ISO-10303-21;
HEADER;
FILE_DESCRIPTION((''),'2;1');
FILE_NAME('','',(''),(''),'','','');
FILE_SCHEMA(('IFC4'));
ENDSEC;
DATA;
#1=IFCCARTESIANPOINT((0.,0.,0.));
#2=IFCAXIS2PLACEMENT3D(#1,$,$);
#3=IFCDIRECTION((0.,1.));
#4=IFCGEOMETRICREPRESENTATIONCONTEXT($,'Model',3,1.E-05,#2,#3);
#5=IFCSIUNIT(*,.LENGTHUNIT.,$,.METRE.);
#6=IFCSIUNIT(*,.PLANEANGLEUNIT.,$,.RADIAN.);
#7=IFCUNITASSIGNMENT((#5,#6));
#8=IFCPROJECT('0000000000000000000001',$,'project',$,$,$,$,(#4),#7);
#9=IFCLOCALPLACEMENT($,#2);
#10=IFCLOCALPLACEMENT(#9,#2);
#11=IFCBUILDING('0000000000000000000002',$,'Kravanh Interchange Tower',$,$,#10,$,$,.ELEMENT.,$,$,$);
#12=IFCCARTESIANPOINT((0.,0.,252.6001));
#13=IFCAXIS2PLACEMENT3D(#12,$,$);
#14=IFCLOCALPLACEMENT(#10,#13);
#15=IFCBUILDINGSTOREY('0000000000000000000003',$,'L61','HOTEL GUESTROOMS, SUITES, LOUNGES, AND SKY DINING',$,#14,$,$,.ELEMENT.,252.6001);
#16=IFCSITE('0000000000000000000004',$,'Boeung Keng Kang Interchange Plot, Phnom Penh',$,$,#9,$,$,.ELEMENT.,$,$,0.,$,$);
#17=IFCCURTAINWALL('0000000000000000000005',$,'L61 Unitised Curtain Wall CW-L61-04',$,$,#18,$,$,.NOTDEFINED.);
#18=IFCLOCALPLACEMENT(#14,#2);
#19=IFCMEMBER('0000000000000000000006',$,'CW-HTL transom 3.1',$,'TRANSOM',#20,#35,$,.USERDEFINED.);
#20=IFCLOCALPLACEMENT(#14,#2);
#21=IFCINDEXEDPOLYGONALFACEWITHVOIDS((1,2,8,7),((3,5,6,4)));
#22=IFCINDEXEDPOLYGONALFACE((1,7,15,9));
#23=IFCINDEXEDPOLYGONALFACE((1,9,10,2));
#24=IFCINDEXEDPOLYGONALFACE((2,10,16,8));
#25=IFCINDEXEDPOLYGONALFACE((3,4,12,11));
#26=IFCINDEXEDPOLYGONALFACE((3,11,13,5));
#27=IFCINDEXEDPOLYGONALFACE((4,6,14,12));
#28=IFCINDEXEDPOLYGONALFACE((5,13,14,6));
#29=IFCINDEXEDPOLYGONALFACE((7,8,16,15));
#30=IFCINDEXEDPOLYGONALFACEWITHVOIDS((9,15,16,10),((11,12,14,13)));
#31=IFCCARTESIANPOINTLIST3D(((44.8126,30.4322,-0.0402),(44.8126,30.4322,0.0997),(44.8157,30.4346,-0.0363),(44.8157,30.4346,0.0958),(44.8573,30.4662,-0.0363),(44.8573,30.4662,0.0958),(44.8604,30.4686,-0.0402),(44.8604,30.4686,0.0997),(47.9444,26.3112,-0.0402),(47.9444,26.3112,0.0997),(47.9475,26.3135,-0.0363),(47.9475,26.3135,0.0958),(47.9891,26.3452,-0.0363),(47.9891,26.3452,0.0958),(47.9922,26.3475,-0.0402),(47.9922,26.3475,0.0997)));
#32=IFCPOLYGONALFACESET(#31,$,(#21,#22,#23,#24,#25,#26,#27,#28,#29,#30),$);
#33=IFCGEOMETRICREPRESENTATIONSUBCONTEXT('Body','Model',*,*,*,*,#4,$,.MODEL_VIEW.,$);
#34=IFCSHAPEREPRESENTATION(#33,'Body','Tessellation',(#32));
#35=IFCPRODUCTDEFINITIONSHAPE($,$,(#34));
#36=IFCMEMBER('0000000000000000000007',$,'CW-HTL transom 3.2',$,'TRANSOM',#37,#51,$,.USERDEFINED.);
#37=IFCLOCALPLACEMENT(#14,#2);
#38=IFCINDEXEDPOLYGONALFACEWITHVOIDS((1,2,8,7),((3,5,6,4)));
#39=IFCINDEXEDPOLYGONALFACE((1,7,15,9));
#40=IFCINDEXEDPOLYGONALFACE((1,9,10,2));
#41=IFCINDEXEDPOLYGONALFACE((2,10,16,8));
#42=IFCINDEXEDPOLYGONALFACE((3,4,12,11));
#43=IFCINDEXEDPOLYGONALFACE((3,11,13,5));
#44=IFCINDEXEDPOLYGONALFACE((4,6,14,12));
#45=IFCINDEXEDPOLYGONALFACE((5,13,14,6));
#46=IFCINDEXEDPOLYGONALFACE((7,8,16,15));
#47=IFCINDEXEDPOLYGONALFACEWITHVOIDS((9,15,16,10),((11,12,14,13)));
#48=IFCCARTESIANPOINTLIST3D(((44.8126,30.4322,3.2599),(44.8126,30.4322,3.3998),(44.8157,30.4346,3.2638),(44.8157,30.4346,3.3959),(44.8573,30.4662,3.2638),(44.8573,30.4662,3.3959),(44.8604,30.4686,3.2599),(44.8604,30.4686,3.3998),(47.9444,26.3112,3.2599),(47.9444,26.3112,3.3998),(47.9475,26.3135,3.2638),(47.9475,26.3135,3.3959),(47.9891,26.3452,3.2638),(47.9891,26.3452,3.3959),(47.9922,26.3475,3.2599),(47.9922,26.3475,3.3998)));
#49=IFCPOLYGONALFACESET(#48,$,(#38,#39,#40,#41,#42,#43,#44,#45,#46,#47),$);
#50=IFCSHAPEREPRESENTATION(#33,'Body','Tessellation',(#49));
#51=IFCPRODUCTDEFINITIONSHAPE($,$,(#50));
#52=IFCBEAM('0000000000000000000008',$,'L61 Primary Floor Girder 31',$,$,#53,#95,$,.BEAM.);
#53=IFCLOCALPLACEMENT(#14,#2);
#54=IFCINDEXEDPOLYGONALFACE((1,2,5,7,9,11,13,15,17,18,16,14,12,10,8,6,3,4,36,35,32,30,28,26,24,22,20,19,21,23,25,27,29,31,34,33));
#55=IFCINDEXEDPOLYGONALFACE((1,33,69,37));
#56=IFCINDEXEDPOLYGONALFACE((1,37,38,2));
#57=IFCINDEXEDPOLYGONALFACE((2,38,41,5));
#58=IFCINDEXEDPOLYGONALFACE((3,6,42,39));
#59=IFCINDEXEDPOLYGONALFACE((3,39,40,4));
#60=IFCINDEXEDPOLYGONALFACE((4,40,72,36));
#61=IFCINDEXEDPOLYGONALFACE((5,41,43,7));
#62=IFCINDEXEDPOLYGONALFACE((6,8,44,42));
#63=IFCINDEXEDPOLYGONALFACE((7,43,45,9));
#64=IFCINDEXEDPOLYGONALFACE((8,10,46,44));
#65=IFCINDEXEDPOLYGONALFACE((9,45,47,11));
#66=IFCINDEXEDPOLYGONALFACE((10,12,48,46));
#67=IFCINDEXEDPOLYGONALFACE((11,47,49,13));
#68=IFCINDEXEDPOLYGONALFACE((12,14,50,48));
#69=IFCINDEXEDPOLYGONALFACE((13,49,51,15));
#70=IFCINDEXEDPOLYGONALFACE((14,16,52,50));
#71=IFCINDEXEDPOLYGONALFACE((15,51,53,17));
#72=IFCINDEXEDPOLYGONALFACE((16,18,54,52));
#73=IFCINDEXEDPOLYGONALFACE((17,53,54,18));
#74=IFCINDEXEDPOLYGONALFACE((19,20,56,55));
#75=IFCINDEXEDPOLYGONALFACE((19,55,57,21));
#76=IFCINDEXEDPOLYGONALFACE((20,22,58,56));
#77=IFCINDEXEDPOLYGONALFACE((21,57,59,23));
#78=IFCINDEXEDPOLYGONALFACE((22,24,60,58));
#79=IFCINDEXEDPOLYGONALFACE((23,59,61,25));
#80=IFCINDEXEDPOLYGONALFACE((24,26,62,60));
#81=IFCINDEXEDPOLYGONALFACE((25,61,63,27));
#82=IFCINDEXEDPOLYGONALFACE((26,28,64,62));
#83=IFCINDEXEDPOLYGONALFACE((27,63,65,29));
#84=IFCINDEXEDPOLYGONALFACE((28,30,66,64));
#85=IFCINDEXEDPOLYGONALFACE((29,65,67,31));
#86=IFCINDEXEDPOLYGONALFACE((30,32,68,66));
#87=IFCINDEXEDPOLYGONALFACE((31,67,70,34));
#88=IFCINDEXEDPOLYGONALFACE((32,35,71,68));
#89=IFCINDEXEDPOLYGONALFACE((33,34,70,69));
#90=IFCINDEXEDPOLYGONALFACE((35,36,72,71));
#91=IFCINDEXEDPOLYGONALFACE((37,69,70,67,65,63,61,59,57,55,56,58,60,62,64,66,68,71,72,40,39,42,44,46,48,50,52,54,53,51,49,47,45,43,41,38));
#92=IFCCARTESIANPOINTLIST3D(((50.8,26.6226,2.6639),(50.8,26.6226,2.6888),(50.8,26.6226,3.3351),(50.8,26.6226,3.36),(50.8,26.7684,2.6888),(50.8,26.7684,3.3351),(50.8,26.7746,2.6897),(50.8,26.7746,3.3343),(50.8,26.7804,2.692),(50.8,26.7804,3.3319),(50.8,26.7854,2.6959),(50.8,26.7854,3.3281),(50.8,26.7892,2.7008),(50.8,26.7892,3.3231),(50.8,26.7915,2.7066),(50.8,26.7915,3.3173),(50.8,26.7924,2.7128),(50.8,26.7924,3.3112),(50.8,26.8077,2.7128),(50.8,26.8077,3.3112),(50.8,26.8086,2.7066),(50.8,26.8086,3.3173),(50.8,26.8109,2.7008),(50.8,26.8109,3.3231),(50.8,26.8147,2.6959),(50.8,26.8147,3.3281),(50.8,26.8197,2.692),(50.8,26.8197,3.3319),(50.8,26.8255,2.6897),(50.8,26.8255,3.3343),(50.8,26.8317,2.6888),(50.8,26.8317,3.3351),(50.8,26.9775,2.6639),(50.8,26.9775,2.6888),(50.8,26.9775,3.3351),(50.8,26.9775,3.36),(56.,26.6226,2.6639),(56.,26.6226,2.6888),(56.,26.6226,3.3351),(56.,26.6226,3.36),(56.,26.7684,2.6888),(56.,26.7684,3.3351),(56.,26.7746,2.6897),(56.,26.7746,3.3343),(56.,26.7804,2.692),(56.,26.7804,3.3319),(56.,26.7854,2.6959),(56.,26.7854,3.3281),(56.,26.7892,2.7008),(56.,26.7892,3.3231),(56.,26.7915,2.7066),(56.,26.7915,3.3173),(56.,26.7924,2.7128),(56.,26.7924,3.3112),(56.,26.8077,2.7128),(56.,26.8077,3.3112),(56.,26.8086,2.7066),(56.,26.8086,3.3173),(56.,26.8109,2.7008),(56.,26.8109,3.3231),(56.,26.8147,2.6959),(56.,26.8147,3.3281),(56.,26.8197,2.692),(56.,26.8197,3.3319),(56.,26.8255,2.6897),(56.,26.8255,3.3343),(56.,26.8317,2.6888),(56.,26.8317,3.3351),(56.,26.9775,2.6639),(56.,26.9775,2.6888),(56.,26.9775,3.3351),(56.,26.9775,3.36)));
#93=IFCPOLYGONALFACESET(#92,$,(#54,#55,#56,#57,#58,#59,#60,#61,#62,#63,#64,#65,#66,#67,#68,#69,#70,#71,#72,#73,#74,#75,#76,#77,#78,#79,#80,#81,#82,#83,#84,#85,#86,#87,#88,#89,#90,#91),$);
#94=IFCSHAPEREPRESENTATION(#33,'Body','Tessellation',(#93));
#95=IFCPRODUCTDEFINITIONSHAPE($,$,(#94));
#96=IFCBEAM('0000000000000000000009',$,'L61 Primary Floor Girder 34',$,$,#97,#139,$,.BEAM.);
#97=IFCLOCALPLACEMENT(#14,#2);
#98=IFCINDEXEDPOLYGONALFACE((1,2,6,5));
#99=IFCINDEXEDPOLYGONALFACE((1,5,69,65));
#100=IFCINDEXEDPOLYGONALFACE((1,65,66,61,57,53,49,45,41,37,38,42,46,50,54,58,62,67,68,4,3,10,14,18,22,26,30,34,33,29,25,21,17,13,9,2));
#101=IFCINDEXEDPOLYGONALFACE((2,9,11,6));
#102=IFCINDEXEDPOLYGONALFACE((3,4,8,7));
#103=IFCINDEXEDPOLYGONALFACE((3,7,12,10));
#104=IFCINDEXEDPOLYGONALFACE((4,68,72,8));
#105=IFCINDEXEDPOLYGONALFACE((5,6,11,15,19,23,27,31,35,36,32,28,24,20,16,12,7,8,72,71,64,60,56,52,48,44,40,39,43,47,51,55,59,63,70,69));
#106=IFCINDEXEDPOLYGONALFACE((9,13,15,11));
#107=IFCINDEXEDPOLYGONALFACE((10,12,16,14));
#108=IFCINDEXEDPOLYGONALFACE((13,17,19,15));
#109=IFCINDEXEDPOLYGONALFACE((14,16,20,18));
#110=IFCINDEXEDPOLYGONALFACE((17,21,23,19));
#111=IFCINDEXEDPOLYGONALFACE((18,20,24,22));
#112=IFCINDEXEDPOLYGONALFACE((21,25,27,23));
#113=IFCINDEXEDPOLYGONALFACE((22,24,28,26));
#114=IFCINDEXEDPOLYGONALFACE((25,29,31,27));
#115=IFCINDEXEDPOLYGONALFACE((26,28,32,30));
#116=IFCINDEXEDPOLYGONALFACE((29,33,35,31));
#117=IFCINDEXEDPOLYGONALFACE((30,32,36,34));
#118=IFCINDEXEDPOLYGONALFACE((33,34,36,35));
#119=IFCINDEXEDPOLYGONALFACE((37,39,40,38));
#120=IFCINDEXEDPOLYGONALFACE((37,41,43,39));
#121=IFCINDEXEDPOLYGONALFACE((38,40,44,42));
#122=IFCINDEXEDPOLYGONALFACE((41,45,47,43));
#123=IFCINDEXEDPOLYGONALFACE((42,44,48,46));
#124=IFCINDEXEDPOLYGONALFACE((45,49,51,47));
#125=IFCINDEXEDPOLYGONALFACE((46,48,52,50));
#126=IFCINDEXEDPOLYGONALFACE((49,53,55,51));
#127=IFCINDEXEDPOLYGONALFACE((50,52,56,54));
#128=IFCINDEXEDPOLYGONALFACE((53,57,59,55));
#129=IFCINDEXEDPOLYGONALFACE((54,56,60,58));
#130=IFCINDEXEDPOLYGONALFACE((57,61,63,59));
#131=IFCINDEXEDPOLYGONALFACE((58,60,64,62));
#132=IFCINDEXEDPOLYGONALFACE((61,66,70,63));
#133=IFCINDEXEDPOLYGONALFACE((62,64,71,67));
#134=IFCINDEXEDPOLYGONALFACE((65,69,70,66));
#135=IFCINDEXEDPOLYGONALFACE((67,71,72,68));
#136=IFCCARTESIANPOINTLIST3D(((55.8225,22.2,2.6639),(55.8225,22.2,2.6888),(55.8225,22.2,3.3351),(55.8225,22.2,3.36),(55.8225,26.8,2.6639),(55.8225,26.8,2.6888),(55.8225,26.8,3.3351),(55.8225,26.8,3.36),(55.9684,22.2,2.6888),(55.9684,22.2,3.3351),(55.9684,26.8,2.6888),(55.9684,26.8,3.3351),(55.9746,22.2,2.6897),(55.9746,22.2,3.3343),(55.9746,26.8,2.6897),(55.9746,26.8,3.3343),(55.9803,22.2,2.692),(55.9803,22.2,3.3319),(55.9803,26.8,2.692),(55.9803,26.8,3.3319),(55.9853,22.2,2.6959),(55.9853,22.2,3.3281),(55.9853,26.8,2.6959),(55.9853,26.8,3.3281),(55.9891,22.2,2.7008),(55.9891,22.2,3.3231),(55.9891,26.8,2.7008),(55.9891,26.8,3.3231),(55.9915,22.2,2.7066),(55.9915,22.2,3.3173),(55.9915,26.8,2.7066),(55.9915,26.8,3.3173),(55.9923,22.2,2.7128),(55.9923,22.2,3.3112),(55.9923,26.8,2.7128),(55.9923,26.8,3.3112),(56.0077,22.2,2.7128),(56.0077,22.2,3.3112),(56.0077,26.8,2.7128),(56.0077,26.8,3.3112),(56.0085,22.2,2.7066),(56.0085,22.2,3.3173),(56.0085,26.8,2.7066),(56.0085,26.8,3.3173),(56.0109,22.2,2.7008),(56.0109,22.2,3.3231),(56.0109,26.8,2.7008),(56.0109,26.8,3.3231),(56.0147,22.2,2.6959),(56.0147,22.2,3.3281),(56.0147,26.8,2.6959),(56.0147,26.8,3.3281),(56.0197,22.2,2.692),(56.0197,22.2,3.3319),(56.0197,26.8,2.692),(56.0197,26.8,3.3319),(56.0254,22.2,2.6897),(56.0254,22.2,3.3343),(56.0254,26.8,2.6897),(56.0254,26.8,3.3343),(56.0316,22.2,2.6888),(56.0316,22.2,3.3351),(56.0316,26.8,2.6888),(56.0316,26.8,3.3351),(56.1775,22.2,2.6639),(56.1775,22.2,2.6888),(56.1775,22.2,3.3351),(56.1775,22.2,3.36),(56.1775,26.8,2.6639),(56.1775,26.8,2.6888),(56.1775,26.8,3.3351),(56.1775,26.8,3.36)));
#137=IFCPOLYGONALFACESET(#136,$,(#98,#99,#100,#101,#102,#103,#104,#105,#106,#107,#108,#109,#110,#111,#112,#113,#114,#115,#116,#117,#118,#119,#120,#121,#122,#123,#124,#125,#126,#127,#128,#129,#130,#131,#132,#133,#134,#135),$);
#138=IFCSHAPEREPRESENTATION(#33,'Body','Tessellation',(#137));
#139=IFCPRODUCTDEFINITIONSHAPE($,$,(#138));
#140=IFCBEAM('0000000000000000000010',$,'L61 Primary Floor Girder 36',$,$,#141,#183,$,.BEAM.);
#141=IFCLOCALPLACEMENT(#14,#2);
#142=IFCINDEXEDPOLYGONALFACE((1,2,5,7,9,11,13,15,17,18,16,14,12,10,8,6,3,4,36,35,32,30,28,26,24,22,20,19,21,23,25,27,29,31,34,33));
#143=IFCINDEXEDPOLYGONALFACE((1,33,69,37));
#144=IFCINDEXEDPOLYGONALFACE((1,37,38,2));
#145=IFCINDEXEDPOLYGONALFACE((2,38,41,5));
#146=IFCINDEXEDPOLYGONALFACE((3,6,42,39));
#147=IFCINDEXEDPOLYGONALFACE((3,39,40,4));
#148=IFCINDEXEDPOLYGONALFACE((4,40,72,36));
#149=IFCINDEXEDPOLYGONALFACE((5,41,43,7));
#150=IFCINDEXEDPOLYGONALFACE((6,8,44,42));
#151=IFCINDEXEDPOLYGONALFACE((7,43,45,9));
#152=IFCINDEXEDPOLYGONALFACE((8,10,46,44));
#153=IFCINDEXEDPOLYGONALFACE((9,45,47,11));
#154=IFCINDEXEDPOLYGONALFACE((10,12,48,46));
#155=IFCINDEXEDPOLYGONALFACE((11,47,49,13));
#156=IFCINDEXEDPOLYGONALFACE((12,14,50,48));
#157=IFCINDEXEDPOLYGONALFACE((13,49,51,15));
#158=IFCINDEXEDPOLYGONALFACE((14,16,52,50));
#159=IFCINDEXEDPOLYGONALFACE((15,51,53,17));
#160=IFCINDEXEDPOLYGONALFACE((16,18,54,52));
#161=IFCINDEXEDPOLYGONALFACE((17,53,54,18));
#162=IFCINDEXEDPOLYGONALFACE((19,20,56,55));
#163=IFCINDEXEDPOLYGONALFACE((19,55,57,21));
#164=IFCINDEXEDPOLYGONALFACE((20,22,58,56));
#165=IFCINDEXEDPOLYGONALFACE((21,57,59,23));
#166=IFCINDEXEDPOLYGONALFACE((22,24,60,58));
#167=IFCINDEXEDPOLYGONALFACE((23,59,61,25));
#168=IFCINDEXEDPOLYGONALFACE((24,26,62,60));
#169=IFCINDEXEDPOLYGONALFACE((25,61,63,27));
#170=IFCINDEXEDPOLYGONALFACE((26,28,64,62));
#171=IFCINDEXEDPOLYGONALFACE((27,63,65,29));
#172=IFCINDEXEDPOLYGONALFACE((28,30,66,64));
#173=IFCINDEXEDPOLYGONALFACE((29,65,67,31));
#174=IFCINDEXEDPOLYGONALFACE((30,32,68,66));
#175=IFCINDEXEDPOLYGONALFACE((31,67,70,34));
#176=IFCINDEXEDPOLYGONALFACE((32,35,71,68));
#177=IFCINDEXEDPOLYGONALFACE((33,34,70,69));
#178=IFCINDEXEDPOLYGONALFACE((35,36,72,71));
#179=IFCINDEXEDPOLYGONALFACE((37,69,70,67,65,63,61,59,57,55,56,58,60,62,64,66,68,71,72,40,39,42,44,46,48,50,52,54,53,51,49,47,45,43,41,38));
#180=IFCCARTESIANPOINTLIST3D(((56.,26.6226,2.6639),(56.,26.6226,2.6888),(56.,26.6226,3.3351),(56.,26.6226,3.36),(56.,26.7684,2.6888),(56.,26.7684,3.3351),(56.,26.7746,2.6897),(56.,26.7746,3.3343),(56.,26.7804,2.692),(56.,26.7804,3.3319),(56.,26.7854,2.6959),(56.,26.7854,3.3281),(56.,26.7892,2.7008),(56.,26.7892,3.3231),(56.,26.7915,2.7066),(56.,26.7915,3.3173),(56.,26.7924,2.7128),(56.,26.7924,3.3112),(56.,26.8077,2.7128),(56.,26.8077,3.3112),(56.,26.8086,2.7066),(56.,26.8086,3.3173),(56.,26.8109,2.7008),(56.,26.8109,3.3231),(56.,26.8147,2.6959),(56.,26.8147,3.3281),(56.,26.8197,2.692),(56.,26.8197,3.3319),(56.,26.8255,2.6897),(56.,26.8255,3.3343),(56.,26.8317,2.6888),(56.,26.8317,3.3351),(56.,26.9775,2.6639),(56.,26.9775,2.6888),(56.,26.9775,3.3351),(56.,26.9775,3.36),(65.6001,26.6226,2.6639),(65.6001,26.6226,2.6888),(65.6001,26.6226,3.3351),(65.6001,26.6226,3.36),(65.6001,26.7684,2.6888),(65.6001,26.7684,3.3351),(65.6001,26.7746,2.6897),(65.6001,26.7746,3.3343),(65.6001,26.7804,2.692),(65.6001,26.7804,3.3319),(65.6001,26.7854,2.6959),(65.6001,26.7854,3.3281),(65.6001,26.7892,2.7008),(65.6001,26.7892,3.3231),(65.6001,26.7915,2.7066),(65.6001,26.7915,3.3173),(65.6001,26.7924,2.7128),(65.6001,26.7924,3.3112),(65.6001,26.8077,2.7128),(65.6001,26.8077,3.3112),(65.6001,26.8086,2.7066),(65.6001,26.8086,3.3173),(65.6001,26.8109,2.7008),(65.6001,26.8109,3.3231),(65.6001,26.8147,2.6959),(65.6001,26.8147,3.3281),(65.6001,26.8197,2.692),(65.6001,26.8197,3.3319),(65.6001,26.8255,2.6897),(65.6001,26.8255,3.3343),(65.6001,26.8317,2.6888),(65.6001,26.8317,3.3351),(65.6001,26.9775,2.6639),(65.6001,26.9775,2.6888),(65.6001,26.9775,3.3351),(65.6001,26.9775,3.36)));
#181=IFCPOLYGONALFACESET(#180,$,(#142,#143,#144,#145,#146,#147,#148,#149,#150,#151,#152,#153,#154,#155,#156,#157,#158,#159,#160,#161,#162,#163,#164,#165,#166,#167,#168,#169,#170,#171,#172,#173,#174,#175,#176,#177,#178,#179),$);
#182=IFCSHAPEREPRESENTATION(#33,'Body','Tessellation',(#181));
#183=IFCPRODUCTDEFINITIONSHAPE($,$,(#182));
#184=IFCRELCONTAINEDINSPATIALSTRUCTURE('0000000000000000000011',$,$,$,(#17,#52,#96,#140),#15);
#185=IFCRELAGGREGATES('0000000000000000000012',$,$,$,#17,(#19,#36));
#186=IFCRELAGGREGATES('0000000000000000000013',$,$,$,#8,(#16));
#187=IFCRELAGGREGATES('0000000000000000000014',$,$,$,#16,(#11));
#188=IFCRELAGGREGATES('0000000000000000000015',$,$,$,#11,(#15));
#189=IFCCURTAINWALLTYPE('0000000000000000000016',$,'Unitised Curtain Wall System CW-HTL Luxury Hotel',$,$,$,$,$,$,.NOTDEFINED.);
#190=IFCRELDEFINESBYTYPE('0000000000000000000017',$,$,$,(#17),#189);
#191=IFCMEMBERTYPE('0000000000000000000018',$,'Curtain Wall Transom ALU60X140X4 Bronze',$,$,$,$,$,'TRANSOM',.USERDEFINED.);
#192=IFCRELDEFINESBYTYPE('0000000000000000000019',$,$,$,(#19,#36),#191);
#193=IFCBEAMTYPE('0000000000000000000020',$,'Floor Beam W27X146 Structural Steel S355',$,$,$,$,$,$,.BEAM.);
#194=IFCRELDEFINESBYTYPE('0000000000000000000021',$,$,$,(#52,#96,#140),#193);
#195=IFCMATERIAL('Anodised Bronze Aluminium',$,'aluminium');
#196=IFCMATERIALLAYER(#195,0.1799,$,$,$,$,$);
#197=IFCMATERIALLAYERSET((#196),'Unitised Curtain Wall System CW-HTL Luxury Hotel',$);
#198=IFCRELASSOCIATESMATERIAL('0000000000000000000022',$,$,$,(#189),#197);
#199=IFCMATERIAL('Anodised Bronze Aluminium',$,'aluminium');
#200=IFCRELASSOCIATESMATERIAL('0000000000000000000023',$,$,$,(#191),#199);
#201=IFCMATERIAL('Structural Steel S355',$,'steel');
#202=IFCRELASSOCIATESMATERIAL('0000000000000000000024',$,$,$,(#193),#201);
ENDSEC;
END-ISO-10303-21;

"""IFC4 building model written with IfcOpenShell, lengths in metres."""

from ifc_helpers import new_model, si_unit, direction, frame, origin, origin_2d, place, context, subcontext, project, spatial, hollow_rectangle, i_section, extrude, material, layer, layer_set, material_profile, profile_set, type_object, element, aggregate, save


model = new_model("IFC4")

# Units and contexts
model_context = context("Model", 3, precision=1e-05, world=origin(), true_north=direction((0.0, 1.0)))
body_context = subcontext(model_context, "Body", "Model", "MODEL_VIEW")
ifc_project = project(units=[si_unit("LENGTHUNIT", "METRE"), si_unit("PLANEANGLEUNIT", "RADIAN")], contexts=[model_context])

# Site, building, storey
site_placement = place(None, origin())
site = spatial("IfcSite", under=ifc_project, at=site_placement, Name="Boeung Keng Kang Interchange Plot, Phnom Penh", CompositionType="ELEMENT", RefElevation=0.0)
building_placement = place(site_placement, origin())
building = spatial("IfcBuilding", under=site, at=building_placement, Name="Kravanh Interchange Tower", CompositionType="ELEMENT")
storey_placement = place(building_placement, frame((0.0, 0.0, 252.6001)))
storey = spatial("IfcBuildingStorey", under=building, at=storey_placement, Name="L61", Description="HOTEL GUESTROOMS, SUITES, LOUNGES, AND SKY DINING", CompositionType="ELEMENT", Elevation=252.6001)

# Shared definitions
ifc_material_1 = material(Name="Anodised Bronze Aluminium", Category="aluminium")
ifc_layer_1 = layer(ifc_material_1, 0.1799)
ifc_layer_set_1 = layer_set([ifc_layer_1], Name="Unitised Curtain Wall System CW-HTL Luxury Hotel")
curtain_wall_type = type_object("IfcCurtainWallType", Name="Unitised Curtain Wall System CW-HTL Luxury Hotel", PredefinedType="NOTDEFINED", material=ifc_layer_set_1)

# Curtain wall, members
curtain_wall_1_placement = place(storey_placement, origin())
curtain_wall_1 = element("IfcCurtainWall", 1, at=curtain_wall_1_placement, inside=storey, type_object=curtain_wall_type, Name="L61 Unitised Curtain Wall CW-L61-04", PredefinedType="NOTDEFINED")
ifc_material_2 = material(Name="Anodised Bronze Aluminium", Category="aluminium")
ifc_material_profile_1 = material_profile(ifc_material_2, hollow_rectangle(XDim=0.0601, YDim=0.1399, WallThickness=0.0039, at=origin_2d()), Name="ALU60X140X4")
ifc_profile_set_1 = profile_set([ifc_material_profile_1], Name="Anodised Bronze Aluminium")
member_type_1 = type_object("IfcMemberType", Name="Curtain Wall Transom ALU60X140X4 Bronze", ElementType="TRANSOM", PredefinedType="USERDEFINED", material=ifc_profile_set_1)
member_1_placement = place(storey_placement, frame((47.9683, 26.3293, 0.0298), z_axis=(-0.605059, 0.79618, 0.0), x_axis=(-0.79618, -0.605059, 0.0)))
member_1 = element("IfcMember", 2, at=member_1_placement, type_object=member_type_1, Name="CW-HTL transom 3.1", ObjectType="TRANSOM", PredefinedType="USERDEFINED", context=body_context, shape_type="SweptSolid", body=[
    extrude(hollow_rectangle(XDim=0.0601, YDim=0.1399, WallThickness=0.0039, at=origin_2d()), origin(), (0.0, 0.0, 1.0), 5.176),
])
member_2_placement = place(storey_placement, frame((47.9683, 26.3293, 3.3298), z_axis=(-0.605059, 0.79618, 0.0), x_axis=(-0.79618, -0.605059, 0.0)))
member_2 = element("IfcMember", 3, at=member_2_placement, type_object=member_type_1, Name="CW-HTL transom 3.2", ObjectType="TRANSOM", PredefinedType="USERDEFINED", context=body_context, shape_type="SweptSolid", body=[
    extrude(hollow_rectangle(XDim=0.0601, YDim=0.1399, WallThickness=0.0039, at=origin_2d()), origin(), (0.0, 0.0, 1.0), 5.176),
])

# Beams
ifc_material_3 = material(Name="Structural Steel S355", Category="steel")
ifc_material_profile_2 = material_profile(ifc_material_3, i_section(OverallWidth=0.355, OverallDepth=0.696, WebThickness=0.0154, FlangeThickness=0.0249, FilletRadius=0.0239, at=origin_2d()), Name="W27X146")
ifc_profile_set_2 = profile_set([ifc_material_profile_2], Name="Structural Steel S355")
beam_type_1 = type_object("IfcBeamType", Name="Floor Beam W27X146 Structural Steel S355", PredefinedType="BEAM", material=ifc_profile_set_2)
beam_1_placement = place(storey_placement, frame((50.8, 26.8, 3.012), z_axis=(1.0, 0.0, 0.0), x_axis=(0.0, 1.0, 0.0)))
element("IfcBeam", 4, at=beam_1_placement, inside=storey, type_object=beam_type_1, Name="L61 Primary Floor Girder 31", PredefinedType="BEAM", context=body_context, shape_type="SweptSolid", body=[
    extrude(i_section(OverallWidth=0.355, OverallDepth=0.696, WebThickness=0.0154, FlangeThickness=0.0249, FilletRadius=0.0239, at=origin_2d()), origin(), (0.0, 0.0, 1.0), 5.2),
])
beam_2_placement = place(storey_placement, frame((56.0, 26.8, 3.012), z_axis=(0.0, -1.0, 0.0), x_axis=(1.0, 0.0, 0.0)))
element("IfcBeam", 5, at=beam_2_placement, inside=storey, type_object=beam_type_1, Name="L61 Primary Floor Girder 34", PredefinedType="BEAM", context=body_context, shape_type="SweptSolid", body=[
    extrude(i_section(OverallWidth=0.355, OverallDepth=0.696, WebThickness=0.0154, FlangeThickness=0.0249, FilletRadius=0.0239, at=origin_2d()), origin(), (0.0, 0.0, 1.0), 4.6001),
])
beam_3_placement = place(storey_placement, frame((56.0, 26.8, 3.012), z_axis=(1.0, 0.0, 0.0), x_axis=(0.0, 1.0, 0.0)))
element("IfcBeam", 6, at=beam_3_placement, inside=storey, type_object=beam_type_1, Name="L61 Primary Floor Girder 36", PredefinedType="BEAM", context=body_context, shape_type="SweptSolid", body=[
    extrude(i_section(OverallWidth=0.355, OverallDepth=0.696, WebThickness=0.0154, FlangeThickness=0.0249, FilletRadius=0.0239, at=origin_2d()), origin(), (0.0, 0.0, 1.0), 9.6001),
])

aggregate(curtain_wall_1, [member_1, member_2])

save(model, "model.ifc")
